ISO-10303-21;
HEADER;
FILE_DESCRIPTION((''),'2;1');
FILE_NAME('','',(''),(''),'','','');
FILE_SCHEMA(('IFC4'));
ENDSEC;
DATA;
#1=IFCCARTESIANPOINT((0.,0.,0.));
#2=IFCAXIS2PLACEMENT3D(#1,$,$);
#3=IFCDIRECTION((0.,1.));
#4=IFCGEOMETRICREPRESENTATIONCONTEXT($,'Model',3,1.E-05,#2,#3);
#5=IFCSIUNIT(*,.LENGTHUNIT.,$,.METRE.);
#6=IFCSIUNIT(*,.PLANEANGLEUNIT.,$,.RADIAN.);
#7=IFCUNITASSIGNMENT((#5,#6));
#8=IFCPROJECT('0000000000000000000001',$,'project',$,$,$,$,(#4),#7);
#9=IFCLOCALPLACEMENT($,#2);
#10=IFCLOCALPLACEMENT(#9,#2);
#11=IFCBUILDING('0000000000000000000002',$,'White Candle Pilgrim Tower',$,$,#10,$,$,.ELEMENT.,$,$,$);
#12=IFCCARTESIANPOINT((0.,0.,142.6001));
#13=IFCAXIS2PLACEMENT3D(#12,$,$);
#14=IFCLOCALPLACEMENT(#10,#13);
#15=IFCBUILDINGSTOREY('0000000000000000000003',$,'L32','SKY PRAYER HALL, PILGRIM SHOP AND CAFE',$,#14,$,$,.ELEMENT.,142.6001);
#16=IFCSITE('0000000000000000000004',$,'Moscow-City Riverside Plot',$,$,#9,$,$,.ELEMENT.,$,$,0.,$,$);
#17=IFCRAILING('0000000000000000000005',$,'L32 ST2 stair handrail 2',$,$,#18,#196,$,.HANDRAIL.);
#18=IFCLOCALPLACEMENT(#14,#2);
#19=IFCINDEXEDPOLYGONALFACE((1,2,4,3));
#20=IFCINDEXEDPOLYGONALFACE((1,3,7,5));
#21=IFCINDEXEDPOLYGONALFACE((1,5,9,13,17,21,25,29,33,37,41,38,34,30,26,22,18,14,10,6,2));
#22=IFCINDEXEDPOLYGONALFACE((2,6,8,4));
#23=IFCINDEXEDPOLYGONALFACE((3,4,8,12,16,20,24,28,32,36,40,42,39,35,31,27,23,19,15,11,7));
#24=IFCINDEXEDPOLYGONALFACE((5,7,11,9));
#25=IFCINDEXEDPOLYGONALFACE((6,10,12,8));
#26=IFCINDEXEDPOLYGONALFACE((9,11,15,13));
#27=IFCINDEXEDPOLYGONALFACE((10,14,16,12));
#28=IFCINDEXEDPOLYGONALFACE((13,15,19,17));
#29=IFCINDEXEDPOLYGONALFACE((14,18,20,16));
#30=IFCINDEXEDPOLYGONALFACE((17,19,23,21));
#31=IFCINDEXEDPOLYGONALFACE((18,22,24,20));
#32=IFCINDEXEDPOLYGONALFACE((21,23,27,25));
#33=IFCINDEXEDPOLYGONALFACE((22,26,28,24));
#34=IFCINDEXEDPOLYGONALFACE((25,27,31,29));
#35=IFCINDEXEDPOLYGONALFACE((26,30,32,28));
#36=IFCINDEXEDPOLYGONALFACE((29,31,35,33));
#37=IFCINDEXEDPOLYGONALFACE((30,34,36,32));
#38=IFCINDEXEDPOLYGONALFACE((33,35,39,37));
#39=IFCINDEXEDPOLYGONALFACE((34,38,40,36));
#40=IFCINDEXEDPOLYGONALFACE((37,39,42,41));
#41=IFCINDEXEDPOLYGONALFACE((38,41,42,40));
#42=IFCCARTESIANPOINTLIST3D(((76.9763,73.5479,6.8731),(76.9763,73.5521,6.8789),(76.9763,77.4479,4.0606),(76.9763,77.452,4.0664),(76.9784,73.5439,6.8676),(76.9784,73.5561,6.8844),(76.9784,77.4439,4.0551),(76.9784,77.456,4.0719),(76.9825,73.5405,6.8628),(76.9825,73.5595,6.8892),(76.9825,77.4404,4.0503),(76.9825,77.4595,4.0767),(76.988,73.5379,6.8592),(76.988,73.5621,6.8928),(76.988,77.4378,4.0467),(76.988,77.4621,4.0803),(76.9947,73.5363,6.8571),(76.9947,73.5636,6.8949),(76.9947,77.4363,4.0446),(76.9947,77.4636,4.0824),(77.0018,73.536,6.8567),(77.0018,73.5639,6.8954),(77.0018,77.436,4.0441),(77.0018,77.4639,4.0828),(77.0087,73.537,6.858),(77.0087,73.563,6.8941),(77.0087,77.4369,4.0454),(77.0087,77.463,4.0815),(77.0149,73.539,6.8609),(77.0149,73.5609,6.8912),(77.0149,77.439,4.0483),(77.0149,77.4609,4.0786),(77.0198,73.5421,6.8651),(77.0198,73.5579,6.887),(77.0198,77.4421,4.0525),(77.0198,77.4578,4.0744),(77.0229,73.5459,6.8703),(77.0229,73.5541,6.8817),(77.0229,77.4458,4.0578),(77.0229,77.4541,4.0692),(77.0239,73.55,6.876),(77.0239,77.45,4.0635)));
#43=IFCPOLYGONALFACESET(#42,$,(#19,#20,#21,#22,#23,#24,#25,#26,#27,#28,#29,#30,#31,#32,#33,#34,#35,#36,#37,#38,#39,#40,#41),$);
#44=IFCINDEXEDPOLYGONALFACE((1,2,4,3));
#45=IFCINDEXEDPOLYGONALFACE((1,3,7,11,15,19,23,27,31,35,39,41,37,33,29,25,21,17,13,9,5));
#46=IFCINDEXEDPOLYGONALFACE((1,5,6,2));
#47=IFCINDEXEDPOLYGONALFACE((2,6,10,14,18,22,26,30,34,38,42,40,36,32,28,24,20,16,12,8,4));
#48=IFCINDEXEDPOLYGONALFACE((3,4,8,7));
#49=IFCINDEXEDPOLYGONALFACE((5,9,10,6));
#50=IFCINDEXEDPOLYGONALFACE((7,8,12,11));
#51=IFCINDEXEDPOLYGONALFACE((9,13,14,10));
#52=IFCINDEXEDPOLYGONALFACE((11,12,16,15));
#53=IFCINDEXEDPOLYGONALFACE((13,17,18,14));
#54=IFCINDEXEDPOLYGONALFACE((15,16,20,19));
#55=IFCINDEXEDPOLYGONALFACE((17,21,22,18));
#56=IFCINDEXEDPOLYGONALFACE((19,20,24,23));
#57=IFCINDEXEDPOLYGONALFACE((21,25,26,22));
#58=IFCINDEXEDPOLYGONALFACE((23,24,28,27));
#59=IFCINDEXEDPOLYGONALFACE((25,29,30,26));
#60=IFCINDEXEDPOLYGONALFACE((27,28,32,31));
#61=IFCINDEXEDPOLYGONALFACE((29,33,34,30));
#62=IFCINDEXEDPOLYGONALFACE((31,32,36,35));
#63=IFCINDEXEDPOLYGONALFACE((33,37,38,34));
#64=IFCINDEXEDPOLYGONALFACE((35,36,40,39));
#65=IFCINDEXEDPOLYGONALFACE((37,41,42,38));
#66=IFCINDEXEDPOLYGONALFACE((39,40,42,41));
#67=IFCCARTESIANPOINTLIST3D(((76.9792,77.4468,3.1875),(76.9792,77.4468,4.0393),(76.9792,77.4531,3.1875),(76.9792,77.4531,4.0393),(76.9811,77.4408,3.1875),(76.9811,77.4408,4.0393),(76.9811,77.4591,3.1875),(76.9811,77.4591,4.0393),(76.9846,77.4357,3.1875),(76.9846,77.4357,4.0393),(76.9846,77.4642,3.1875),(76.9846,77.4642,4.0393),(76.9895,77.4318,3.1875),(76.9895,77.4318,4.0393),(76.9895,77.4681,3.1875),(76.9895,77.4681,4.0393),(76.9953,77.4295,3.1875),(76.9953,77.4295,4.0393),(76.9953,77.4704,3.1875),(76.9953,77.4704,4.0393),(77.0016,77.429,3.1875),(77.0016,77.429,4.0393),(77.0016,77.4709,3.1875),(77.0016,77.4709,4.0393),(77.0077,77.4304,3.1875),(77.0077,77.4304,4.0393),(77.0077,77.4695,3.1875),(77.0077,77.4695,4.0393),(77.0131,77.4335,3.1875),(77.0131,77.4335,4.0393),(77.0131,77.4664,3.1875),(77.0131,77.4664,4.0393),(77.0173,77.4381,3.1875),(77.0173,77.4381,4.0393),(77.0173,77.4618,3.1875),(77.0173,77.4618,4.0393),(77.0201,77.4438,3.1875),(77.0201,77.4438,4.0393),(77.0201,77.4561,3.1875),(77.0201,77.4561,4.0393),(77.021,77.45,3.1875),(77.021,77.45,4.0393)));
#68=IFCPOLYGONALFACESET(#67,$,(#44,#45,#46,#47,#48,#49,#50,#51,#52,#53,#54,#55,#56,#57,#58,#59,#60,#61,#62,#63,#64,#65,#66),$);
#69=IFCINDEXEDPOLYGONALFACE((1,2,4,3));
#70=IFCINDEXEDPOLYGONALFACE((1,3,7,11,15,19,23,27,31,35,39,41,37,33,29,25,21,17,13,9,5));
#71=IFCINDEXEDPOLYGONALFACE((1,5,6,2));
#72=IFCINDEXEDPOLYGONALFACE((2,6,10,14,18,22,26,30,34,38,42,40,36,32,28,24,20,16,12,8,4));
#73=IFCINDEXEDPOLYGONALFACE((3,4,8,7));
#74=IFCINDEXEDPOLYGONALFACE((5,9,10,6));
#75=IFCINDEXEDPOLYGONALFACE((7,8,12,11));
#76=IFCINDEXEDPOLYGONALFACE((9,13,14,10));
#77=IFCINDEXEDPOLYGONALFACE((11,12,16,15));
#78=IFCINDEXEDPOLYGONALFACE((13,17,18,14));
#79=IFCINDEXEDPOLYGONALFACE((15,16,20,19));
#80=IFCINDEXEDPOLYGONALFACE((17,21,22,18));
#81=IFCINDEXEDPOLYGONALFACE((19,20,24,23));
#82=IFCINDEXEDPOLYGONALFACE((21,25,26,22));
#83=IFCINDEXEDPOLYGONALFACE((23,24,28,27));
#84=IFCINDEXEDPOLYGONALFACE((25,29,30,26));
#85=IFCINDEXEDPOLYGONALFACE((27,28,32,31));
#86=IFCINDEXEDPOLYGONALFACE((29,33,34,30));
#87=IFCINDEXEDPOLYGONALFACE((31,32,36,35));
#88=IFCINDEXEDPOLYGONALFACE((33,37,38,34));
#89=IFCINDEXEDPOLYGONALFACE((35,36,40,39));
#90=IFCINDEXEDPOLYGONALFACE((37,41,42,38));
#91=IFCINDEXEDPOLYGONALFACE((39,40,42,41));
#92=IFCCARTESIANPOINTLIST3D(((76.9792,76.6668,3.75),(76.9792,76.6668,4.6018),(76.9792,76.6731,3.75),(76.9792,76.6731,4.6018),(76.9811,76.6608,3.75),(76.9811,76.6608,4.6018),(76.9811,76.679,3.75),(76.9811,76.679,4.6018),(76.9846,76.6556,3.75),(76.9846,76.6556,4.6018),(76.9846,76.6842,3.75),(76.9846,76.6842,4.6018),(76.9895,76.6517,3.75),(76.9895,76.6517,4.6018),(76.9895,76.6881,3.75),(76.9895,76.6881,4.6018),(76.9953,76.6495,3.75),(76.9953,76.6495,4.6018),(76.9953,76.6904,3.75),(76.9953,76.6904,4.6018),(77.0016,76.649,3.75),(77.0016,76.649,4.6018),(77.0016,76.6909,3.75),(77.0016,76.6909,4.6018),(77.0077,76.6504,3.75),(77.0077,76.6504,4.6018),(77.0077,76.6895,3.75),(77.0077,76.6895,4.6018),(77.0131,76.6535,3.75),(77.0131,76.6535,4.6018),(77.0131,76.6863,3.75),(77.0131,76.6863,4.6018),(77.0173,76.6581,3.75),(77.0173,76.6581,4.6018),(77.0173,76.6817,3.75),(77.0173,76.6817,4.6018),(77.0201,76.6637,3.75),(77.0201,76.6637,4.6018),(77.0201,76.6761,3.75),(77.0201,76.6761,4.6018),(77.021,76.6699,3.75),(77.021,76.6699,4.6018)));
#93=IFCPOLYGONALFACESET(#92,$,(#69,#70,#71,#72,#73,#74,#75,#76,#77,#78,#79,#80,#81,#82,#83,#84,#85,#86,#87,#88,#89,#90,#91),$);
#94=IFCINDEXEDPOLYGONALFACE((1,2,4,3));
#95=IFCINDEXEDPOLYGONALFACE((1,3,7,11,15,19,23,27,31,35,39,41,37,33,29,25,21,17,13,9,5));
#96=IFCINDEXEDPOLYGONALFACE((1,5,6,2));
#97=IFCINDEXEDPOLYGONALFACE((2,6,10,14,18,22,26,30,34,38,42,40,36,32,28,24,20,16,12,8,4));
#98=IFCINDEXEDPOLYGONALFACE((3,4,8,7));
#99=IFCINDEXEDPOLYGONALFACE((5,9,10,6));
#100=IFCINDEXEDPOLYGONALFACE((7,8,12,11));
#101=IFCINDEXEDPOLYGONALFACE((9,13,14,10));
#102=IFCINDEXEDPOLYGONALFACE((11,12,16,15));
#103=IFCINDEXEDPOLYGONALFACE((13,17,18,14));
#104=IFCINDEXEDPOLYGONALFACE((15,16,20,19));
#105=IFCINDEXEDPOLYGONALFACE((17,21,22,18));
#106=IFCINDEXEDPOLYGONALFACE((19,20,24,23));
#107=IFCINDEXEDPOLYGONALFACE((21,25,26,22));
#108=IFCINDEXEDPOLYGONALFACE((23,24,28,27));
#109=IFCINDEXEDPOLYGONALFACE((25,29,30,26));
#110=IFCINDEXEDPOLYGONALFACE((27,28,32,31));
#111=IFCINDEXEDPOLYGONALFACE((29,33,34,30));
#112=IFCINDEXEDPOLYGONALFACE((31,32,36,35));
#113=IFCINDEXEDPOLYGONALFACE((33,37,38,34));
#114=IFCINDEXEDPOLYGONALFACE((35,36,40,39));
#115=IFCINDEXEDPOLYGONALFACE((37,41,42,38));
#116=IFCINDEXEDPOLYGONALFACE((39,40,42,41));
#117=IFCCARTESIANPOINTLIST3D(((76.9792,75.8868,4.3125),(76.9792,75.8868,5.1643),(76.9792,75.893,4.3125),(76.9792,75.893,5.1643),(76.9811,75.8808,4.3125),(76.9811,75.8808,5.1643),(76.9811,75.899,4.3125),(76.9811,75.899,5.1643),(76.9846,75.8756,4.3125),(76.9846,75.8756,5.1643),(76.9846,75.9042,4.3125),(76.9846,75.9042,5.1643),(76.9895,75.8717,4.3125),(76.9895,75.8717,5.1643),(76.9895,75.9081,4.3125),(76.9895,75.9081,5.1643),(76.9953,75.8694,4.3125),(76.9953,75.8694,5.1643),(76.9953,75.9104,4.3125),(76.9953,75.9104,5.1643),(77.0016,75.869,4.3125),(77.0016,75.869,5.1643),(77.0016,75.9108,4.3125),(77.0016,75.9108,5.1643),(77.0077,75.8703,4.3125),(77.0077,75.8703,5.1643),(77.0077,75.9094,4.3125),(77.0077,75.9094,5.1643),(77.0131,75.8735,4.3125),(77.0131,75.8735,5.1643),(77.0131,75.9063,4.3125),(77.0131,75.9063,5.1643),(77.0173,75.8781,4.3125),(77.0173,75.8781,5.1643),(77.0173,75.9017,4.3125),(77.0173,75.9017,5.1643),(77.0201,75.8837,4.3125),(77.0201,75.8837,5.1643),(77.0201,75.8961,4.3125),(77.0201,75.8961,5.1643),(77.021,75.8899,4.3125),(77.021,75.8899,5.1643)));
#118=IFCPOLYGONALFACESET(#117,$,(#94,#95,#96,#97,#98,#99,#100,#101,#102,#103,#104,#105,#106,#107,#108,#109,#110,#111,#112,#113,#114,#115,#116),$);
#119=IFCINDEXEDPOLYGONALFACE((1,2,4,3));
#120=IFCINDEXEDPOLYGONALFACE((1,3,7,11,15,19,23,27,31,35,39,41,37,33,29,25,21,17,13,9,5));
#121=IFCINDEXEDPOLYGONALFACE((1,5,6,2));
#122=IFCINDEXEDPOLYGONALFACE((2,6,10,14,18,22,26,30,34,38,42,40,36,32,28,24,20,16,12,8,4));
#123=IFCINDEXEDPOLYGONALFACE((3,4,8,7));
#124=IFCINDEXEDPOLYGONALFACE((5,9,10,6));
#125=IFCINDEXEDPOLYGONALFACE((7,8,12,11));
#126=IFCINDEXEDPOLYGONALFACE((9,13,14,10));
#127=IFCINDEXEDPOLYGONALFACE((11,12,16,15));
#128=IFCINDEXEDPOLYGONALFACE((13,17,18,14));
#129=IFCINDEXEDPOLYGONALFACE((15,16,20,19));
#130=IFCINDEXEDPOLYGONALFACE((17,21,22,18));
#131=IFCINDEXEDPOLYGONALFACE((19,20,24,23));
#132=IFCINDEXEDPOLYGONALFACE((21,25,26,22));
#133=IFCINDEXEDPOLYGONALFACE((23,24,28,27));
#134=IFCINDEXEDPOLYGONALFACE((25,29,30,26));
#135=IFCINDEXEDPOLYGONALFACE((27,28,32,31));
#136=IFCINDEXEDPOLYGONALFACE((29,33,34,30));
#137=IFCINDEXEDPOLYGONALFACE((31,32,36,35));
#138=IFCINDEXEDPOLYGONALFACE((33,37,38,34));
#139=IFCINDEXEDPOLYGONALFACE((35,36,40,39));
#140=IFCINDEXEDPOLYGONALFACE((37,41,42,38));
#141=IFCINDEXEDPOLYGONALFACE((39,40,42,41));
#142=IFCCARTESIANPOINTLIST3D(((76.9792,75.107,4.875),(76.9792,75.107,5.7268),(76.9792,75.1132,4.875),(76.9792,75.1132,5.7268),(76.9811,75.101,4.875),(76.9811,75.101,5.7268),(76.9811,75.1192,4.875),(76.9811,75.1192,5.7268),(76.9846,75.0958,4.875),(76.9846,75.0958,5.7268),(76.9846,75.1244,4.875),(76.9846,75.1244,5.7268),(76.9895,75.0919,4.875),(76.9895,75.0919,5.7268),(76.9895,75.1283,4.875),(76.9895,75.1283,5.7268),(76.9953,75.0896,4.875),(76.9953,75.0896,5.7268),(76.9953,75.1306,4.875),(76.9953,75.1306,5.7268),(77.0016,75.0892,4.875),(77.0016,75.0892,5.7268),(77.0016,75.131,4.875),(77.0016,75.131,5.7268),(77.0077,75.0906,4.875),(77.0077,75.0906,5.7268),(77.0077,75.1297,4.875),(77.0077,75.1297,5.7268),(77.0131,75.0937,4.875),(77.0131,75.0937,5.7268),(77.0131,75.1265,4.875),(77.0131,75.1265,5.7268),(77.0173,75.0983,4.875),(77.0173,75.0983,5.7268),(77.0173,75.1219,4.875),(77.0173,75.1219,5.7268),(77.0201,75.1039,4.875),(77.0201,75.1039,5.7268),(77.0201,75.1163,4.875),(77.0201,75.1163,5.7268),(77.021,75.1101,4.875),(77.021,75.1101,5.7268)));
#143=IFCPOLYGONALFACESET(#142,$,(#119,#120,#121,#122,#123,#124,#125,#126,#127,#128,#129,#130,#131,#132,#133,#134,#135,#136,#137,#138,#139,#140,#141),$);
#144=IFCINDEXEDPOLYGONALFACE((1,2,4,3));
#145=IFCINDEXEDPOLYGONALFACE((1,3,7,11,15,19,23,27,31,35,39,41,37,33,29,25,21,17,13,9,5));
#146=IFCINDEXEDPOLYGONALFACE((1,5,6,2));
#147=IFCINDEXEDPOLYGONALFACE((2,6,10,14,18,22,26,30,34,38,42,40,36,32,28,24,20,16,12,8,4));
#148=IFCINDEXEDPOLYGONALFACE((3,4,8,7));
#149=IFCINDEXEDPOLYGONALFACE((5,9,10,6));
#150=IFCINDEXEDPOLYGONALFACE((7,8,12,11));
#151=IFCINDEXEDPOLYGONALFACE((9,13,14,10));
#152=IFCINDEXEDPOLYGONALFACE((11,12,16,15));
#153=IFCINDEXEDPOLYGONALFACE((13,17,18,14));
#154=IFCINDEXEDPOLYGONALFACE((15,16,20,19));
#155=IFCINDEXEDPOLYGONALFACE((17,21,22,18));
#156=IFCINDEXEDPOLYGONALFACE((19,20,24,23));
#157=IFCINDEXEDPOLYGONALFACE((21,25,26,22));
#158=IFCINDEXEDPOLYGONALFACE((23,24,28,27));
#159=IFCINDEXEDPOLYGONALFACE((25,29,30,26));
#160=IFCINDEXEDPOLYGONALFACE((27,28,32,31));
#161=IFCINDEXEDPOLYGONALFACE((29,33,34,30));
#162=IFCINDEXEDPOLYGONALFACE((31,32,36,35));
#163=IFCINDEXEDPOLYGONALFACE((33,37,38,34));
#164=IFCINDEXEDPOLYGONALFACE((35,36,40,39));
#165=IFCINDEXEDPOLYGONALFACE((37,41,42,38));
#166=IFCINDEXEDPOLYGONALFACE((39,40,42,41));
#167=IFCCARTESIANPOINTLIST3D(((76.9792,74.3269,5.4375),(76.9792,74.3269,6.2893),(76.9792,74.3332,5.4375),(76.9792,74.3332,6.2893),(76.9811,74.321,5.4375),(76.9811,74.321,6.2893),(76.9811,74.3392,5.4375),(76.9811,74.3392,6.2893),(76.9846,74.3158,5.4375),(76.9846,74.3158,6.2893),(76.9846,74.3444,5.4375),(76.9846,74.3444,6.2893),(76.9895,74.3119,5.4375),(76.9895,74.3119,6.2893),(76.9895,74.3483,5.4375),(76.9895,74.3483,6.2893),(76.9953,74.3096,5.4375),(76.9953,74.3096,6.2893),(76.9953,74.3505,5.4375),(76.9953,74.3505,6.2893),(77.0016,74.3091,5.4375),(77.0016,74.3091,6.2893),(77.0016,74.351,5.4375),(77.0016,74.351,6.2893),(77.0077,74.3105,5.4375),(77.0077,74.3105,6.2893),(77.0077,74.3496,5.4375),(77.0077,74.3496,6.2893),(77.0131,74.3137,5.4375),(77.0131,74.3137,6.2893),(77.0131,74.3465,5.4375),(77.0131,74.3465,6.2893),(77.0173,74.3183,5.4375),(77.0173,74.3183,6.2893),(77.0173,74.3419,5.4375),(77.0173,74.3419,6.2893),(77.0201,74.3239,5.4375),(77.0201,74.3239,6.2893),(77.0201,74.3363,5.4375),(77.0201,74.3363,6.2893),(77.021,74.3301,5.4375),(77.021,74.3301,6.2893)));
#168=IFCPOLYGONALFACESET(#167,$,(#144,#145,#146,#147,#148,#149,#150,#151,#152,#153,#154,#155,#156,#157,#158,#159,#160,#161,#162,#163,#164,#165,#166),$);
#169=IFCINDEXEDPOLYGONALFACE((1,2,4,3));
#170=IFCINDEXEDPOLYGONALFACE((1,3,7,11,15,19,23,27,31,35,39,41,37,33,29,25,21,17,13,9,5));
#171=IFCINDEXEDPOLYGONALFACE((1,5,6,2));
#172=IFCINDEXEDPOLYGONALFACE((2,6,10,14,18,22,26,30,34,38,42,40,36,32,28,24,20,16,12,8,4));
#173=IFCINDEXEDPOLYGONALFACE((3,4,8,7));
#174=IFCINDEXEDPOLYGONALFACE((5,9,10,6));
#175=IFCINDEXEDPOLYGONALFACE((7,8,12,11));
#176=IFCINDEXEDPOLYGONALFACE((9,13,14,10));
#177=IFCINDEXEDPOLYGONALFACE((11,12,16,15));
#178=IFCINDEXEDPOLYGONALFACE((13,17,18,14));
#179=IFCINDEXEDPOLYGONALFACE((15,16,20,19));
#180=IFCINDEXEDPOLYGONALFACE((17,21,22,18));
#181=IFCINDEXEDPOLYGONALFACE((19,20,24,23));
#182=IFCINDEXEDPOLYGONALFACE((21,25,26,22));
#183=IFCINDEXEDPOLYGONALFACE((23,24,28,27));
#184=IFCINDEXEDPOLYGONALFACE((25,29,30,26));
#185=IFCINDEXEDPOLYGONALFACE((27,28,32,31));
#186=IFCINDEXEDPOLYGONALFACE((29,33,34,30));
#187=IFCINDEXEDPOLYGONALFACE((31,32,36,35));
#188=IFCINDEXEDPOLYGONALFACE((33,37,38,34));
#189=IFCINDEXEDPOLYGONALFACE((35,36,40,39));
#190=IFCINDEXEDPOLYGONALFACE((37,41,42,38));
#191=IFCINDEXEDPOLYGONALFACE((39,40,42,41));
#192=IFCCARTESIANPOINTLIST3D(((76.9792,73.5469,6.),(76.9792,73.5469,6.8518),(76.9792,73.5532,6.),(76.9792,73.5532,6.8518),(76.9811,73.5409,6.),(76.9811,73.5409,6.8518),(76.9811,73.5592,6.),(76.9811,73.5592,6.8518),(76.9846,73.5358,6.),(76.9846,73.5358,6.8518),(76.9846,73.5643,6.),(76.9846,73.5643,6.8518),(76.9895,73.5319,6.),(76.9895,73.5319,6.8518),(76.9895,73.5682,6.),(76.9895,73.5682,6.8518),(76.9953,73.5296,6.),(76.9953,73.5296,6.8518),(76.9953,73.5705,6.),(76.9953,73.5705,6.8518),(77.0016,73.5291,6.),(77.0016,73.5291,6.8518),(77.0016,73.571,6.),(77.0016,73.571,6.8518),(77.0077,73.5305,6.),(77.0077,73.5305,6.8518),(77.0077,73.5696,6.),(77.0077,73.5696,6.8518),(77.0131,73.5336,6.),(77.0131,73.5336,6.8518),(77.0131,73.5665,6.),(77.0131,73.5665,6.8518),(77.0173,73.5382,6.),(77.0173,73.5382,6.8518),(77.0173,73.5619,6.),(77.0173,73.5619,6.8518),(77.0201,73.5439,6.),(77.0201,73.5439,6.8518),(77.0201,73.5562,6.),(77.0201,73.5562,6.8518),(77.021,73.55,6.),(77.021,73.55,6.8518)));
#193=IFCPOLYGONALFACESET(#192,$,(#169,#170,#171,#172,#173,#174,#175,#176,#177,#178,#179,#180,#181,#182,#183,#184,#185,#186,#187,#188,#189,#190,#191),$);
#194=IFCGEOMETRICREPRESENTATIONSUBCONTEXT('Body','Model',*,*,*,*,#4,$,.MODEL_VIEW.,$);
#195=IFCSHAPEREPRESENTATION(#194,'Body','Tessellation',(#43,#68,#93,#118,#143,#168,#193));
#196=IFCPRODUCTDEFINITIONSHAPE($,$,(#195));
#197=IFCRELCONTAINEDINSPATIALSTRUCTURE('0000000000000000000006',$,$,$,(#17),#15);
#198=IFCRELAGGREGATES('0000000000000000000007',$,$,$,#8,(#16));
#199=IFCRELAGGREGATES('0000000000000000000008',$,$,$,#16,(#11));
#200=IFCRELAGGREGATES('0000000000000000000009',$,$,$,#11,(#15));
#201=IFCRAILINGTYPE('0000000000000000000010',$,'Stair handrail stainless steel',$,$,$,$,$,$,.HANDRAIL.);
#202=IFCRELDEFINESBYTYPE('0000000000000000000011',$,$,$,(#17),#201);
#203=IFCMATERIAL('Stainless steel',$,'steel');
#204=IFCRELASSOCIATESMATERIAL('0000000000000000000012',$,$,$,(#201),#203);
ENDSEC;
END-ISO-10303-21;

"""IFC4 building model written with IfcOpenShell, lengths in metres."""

from ifc_helpers import new_model, si_unit, direction, frame, origin, origin_2d, place, context, subcontext, project, spatial, circle, extrude, material, type_object, element, save


model = new_model("IFC4")

# Units and contexts
model_context = context("Model", 3, precision=1e-05, world=origin(), true_north=direction((0.0, 1.0)))
body_context = subcontext(model_context, "Body", "Model", "MODEL_VIEW")
ifc_project = project(units=[si_unit("LENGTHUNIT", "METRE"), si_unit("PLANEANGLEUNIT", "RADIAN")], contexts=[model_context])

# Site, building, storey
site_placement = place(None, origin())
site = spatial("IfcSite", under=ifc_project, at=site_placement, Name="Moscow-City Riverside Plot", CompositionType="ELEMENT", RefElevation=0.0)
building_placement = place(site_placement, origin())
building = spatial("IfcBuilding", under=site, at=building_placement, Name="White Candle Pilgrim Tower", CompositionType="ELEMENT")
storey_placement = place(building_placement, frame((0.0, 0.0, 142.6001)))
storey = spatial("IfcBuildingStorey", under=building, at=storey_placement, Name="L32", Description="SKY PRAYER HALL, PILGRIM SHOP AND CAFE", CompositionType="ELEMENT", Elevation=142.6001)

# Shared definitions
ifc_material_1 = material(Name="Stainless steel", Category="steel")

# Railing
railing_type_1 = type_object("IfcRailingType", Name="Stair handrail stainless steel", PredefinedType="HANDRAIL", material=ifc_material_1)
railing_1_placement = place(storey_placement, frame((77.0, 77.45, 3.1875)))
element("IfcRailing", 1, at=railing_1_placement, inside=storey, type_object=railing_type_1, Name="L32 ST2 stair handrail 2", PredefinedType="HANDRAIL", context=body_context, shape_type="SweptSolid", body=[
    extrude(circle(Radius=0.0239, at=origin_2d()), frame((0.0, 0.0, 0.876), z_axis=(0.0, -0.811083, 0.584931), x_axis=(1.0, 0.0, 0.0)), (0.0, 0.0, 1.0), 4.8083),
    extrude(circle(Radius=0.021, at=origin_2d()), origin(), (0.0, 0.0, 1.0), 0.8518),
    extrude(circle(Radius=0.021, at=origin_2d()), frame((0.0, -0.78, 0.5625)), (0.0, 0.0, 1.0), 0.8518),
    extrude(circle(Radius=0.021, at=origin_2d()), frame((0.0, -1.5601, 1.125)), (0.0, 0.0, 1.0), 0.8518),
    extrude(circle(Radius=0.021, at=origin_2d()), frame((0.0, -2.3398, 1.6875)), (0.0, 0.0, 1.0), 0.8518),
    extrude(circle(Radius=0.021, at=origin_2d()), frame((0.0, -3.1199, 2.25)), (0.0, 0.0, 1.0), 0.8518),
    extrude(circle(Radius=0.021, at=origin_2d()), frame((0.0, -3.8999, 2.8125)), (0.0, 0.0, 1.0), 0.8518),
])

save(model, "model.ifc")
